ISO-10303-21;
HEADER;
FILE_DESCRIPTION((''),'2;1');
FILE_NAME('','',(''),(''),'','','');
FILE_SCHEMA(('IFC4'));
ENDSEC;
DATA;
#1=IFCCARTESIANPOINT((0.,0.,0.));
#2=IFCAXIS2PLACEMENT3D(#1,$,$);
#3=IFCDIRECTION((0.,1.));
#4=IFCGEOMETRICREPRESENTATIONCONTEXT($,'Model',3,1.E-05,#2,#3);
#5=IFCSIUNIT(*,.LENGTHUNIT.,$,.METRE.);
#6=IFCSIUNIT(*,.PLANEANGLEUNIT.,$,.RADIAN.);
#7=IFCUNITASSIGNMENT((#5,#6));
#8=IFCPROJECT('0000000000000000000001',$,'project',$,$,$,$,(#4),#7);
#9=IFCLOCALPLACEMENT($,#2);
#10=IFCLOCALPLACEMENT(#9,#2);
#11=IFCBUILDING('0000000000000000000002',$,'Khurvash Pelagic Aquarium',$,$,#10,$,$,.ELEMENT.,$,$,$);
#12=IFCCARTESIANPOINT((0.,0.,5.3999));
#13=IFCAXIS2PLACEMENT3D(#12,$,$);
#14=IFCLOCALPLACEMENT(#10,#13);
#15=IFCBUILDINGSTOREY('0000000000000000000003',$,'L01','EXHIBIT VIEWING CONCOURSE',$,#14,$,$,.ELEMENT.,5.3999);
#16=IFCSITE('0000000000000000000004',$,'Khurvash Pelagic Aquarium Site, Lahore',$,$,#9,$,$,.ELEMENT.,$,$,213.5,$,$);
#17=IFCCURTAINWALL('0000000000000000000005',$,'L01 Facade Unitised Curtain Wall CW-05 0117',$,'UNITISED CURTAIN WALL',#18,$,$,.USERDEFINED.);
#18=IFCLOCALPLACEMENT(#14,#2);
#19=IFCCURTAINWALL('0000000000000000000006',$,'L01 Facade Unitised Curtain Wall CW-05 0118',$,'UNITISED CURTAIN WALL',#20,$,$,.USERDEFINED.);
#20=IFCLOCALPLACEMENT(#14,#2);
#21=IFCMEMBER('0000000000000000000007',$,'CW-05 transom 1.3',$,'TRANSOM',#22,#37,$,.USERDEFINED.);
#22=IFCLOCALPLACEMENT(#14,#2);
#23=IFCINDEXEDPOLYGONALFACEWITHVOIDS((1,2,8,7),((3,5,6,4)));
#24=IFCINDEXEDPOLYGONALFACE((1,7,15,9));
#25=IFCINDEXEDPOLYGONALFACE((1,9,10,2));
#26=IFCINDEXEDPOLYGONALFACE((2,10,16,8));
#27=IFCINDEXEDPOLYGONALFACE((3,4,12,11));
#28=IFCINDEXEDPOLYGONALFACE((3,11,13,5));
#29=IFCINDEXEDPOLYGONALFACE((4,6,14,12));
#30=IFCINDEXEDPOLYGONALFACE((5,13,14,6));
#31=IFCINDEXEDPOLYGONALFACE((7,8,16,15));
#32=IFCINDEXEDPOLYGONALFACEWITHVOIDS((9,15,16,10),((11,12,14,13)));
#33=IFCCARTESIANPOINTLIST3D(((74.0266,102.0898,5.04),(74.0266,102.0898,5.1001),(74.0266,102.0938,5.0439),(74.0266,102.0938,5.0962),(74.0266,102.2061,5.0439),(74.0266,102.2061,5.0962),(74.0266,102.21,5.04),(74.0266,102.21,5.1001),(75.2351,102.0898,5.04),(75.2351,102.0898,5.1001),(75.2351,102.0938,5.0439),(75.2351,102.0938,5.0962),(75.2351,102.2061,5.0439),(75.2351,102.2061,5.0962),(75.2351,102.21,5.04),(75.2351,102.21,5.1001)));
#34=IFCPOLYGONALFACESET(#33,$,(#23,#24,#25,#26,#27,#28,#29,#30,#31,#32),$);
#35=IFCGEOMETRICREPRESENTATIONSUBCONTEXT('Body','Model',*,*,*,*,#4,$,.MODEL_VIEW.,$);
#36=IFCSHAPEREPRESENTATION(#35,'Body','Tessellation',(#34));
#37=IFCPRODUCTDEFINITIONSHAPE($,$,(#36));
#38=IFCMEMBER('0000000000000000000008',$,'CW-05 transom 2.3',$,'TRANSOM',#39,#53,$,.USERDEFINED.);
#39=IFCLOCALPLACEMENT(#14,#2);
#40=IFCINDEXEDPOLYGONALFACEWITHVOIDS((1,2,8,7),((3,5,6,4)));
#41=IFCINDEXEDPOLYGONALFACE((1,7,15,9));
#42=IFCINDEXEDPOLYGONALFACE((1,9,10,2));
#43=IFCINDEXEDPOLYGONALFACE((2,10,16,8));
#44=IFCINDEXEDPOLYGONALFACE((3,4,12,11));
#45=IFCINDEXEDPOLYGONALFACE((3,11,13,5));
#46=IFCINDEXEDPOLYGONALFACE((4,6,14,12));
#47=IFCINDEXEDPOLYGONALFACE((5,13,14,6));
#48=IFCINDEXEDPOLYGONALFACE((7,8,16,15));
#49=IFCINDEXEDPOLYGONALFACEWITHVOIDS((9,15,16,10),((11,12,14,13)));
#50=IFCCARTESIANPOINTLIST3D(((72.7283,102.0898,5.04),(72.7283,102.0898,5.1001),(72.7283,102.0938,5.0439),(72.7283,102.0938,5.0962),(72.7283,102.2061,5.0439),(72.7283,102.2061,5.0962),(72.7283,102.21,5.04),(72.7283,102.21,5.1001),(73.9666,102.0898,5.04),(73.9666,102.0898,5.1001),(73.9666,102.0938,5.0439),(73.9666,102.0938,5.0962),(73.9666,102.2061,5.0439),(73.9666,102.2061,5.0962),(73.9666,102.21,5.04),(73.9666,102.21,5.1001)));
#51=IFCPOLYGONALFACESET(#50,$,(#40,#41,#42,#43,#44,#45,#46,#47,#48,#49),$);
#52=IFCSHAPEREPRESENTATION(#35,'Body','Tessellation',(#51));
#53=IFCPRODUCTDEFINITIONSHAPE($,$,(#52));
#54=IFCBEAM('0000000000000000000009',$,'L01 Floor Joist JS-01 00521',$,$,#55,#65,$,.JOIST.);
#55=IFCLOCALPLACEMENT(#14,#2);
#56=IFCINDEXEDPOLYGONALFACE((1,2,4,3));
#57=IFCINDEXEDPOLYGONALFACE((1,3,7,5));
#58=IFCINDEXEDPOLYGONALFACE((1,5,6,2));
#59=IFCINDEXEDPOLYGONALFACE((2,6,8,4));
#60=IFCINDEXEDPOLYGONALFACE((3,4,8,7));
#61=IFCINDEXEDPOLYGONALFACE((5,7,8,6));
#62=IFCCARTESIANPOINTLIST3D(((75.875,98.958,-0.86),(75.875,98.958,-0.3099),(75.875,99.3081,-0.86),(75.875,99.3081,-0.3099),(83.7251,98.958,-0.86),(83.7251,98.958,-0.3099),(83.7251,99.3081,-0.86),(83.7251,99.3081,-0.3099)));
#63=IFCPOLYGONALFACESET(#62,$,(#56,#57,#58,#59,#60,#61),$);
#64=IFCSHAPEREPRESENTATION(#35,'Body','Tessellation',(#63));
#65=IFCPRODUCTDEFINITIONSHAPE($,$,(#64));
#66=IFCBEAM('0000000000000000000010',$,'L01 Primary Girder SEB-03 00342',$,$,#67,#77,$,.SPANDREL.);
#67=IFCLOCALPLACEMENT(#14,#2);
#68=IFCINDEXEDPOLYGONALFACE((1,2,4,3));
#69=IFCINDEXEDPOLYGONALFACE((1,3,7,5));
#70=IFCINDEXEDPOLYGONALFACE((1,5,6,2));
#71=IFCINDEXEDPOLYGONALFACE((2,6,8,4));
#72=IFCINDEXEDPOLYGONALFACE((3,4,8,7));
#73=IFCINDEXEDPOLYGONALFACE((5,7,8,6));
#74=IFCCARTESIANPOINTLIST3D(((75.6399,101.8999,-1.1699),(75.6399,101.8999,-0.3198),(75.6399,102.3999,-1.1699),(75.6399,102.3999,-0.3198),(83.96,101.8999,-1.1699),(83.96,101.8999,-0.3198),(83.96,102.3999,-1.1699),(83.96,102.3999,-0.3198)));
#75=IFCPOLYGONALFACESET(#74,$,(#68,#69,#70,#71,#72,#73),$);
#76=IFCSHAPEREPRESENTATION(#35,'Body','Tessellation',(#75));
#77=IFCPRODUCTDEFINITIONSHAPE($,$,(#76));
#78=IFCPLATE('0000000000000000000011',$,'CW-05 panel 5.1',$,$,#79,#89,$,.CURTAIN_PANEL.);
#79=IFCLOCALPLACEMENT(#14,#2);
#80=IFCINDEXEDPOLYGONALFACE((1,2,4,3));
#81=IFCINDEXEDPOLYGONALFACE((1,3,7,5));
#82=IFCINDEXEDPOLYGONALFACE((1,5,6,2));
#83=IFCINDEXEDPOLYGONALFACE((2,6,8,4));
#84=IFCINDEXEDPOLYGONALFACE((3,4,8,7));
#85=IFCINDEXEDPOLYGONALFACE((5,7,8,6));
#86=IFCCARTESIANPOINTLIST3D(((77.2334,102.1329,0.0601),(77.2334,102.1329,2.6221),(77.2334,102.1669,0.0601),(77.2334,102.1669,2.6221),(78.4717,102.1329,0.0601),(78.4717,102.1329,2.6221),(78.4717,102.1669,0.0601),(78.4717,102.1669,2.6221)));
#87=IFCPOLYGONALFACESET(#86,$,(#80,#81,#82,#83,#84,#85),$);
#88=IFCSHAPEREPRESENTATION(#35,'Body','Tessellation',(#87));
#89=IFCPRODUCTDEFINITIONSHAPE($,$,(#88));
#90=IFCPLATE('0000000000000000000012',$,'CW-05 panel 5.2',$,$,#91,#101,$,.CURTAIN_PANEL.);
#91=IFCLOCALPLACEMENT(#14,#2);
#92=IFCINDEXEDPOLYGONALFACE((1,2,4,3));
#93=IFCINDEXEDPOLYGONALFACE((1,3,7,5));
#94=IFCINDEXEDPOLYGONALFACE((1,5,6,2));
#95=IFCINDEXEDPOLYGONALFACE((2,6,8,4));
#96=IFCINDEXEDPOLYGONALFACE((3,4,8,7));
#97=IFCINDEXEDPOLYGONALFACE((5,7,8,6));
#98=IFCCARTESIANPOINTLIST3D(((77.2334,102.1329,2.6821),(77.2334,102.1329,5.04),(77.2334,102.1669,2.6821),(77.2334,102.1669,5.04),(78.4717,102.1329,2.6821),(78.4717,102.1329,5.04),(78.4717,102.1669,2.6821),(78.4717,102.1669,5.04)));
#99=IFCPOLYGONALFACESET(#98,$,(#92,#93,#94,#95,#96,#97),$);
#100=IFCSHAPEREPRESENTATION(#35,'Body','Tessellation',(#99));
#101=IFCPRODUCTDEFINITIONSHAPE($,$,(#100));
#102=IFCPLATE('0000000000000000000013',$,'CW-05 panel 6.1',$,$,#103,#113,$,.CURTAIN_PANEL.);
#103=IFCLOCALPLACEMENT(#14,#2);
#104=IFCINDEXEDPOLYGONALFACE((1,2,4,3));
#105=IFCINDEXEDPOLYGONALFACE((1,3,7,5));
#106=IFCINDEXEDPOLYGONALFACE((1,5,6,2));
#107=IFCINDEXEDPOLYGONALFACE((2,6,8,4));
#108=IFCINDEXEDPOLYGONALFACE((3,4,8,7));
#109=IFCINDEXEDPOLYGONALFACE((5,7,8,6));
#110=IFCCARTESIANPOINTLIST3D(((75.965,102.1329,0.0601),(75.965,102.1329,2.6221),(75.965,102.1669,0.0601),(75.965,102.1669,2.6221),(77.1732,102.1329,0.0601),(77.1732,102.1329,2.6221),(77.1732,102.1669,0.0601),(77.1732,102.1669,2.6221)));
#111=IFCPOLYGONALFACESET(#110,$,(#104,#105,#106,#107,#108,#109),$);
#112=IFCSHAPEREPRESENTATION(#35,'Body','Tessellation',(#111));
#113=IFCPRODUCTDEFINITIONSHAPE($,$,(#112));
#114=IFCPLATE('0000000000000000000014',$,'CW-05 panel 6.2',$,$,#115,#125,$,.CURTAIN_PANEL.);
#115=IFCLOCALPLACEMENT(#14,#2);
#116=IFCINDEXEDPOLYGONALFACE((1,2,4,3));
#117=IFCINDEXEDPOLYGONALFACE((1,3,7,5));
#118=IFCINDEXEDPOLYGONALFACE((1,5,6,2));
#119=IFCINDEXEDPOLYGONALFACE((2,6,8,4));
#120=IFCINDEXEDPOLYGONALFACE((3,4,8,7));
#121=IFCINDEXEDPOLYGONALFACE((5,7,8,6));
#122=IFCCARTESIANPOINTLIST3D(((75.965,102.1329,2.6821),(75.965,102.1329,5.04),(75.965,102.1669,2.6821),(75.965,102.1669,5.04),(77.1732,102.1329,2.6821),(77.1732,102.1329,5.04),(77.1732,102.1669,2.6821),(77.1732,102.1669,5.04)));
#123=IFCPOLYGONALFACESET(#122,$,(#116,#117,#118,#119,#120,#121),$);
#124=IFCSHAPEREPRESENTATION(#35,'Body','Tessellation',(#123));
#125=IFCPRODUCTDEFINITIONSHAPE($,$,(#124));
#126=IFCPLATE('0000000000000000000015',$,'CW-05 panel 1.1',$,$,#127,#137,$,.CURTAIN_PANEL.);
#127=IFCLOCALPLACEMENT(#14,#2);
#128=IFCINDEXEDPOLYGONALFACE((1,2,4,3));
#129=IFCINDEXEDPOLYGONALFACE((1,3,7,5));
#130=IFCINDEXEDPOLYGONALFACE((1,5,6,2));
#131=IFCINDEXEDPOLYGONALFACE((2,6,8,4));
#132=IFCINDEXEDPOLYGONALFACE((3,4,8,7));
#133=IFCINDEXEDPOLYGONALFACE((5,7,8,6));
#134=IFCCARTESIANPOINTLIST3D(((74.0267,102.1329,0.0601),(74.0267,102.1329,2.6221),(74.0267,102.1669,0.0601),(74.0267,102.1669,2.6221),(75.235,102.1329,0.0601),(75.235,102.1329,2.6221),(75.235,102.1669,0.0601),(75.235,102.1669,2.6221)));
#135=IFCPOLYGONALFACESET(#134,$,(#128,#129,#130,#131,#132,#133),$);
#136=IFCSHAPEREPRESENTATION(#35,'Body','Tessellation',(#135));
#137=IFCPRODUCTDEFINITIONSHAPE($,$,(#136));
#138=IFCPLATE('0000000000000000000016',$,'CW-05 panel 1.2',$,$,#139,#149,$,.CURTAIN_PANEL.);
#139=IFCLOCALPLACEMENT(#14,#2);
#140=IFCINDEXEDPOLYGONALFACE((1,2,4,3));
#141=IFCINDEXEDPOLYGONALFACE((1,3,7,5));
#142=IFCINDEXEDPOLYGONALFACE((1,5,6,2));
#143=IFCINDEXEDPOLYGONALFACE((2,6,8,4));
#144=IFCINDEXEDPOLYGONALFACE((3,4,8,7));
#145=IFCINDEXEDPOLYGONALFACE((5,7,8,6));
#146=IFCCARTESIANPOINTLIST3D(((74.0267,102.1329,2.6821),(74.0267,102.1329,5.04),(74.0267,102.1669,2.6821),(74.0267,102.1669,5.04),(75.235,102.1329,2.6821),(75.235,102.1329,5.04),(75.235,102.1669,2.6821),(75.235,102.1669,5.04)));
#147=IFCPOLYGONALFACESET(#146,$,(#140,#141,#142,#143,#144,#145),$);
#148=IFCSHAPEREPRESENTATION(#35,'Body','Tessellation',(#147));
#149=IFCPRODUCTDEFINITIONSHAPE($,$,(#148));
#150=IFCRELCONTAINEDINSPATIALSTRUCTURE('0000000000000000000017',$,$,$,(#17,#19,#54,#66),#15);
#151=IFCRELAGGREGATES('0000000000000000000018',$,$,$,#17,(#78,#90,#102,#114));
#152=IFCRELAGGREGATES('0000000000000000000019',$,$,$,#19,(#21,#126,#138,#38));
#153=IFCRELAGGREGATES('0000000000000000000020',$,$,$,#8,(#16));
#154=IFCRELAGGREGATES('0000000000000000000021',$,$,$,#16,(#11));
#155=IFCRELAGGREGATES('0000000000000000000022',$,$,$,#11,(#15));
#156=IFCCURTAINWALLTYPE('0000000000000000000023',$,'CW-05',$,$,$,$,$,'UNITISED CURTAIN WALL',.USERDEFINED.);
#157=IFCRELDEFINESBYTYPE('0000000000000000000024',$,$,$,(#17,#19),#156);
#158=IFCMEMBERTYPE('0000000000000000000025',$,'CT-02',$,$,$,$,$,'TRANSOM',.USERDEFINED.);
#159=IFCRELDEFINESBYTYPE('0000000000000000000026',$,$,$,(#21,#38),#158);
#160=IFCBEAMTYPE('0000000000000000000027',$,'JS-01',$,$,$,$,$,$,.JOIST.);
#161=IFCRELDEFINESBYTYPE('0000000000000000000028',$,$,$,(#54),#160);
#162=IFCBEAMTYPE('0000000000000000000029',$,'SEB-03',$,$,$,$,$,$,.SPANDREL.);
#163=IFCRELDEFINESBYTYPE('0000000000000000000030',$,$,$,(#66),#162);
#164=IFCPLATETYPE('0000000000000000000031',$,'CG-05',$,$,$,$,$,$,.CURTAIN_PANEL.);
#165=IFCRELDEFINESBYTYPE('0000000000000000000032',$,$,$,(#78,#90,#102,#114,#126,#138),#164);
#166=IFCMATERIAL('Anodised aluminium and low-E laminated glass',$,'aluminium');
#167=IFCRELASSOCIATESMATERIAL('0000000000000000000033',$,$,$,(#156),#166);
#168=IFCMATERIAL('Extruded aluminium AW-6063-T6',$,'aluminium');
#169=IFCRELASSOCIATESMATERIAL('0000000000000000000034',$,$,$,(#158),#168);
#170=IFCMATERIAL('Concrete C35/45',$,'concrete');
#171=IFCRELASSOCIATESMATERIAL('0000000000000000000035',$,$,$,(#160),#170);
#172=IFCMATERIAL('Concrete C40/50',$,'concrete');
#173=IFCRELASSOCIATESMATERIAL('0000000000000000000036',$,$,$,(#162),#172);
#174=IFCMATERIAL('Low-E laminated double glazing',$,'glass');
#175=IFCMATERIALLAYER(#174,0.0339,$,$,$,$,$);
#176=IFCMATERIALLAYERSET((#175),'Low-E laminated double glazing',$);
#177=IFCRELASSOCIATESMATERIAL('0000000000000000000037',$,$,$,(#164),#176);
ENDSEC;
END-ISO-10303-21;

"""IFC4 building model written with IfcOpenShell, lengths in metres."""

from ifc_helpers import new_model, si_unit, direction, frame, origin, origin_2d, place, context, subcontext, project, spatial, rectangle, hollow_rectangle, extrude, material, layer, layer_set, material_profile, profile_set, type_object, element, aggregate, save


model = new_model("IFC4")

# Units and contexts
model_context = context("Model", 3, precision=1e-05, world=origin(), true_north=direction((0.0, 1.0)))
body_context = subcontext(model_context, "Body", "Model", "MODEL_VIEW")
ifc_project = project(units=[si_unit("LENGTHUNIT", "METRE"), si_unit("PLANEANGLEUNIT", "RADIAN")], contexts=[model_context])

# Site, building, storey
site_placement = place(None, origin())
site = spatial("IfcSite", under=ifc_project, at=site_placement, Name="Khurvash Pelagic Aquarium Site, Lahore", CompositionType="ELEMENT", RefElevation=213.5)
building_placement = place(site_placement, origin())
building = spatial("IfcBuilding", under=site, at=building_placement, Name="Khurvash Pelagic Aquarium", CompositionType="ELEMENT")
storey_placement = place(building_placement, frame((0.0, 0.0, 5.3999)))
storey = spatial("IfcBuildingStorey", under=building, at=storey_placement, Name="L01", Description="EXHIBIT VIEWING CONCOURSE", CompositionType="ELEMENT", Elevation=5.3999)

# Shared definitions
ifc_material_1 = material(Name="Concrete C40/50", Category="concrete")

# Curtain walls
ifc_material_2 = material(Name="Anodised aluminium and low-E laminated glass", Category="aluminium")
curtain_wall_type = type_object("IfcCurtainWallType", Name="CW-05", ElementType="UNITISED CURTAIN WALL", PredefinedType="USERDEFINED", material=ifc_material_2)
curtain_wall_1_placement = place(storey_placement, origin())
curtain_wall_1 = element("IfcCurtainWall", 1, at=curtain_wall_1_placement, inside=storey, type_object=curtain_wall_type, Name="L01 Facade Unitised Curtain Wall CW-05 0117", ObjectType="UNITISED CURTAIN WALL", PredefinedType="USERDEFINED")
ifc_material_3 = material(Name="Extruded aluminium AW-6063-T6", Category="aluminium")
curtain_wall_2_placement = place(storey_placement, origin())
curtain_wall_2 = element("IfcCurtainWall", 2, at=curtain_wall_2_placement, inside=storey, type_object=curtain_wall_type, Name="L01 Facade Unitised Curtain Wall CW-05 0118", ObjectType="UNITISED CURTAIN WALL", PredefinedType="USERDEFINED")

# Members
ifc_material_profile_1 = material_profile(ifc_material_3, hollow_rectangle(XDim=0.1201, YDim=0.0601, WallThickness=0.0039, at=origin_2d()), Name="CWT120X60X4")
ifc_profile_set_1 = profile_set([ifc_material_profile_1], Name="Extruded aluminium AW-6063-T6")
member_type_1 = type_object("IfcMemberType", Name="CT-02", ElementType="TRANSOM", PredefinedType="USERDEFINED", material=ifc_profile_set_1)
member_1_placement = place(storey_placement, frame((75.2351, 102.1499, 5.0701), z_axis=(-1.0, 0.0, 0.0), x_axis=(0.0, -1.0, 0.0)))
member_1 = element("IfcMember", 3, at=member_1_placement, type_object=member_type_1, Name="CW-05 transom 1.3", ObjectType="TRANSOM", PredefinedType="USERDEFINED", context=body_context, shape_type="SweptSolid", body=[
    extrude(hollow_rectangle(XDim=0.1201, YDim=0.0601, WallThickness=0.0039, at=origin_2d()), origin(), (0.0, 0.0, 1.0), 1.2085),
])
member_2_placement = place(storey_placement, frame((73.9666, 102.1499, 5.0701), z_axis=(-1.0, 0.0, 0.0), x_axis=(0.0, -1.0, 0.0)))
member_2 = element("IfcMember", 4, at=member_2_placement, type_object=member_type_1, Name="CW-05 transom 2.3", ObjectType="TRANSOM", PredefinedType="USERDEFINED", context=body_context, shape_type="SweptSolid", body=[
    extrude(hollow_rectangle(XDim=0.1201, YDim=0.0601, WallThickness=0.0039, at=origin_2d()), origin(), (0.0, 0.0, 1.0), 1.2383),
])

# Beams
ifc_material_4 = material(Name="Concrete C35/45", Category="concrete")
ifc_material_profile_2 = material_profile(ifc_material_4, rectangle(XDim=0.3501, YDim=0.55, at=origin_2d()), Name="RC350X550")
ifc_profile_set_2 = profile_set([ifc_material_profile_2], Name="Concrete C35/45")
beam_type_1 = type_object("IfcBeamType", Name="JS-01", PredefinedType="JOIST", material=ifc_profile_set_2)
beam_1_placement = place(storey_placement, frame((75.875, 99.1331, -0.585), z_axis=(1.0, 0.0, 0.0), x_axis=(0.0, 1.0, 0.0)))
element("IfcBeam", 5, at=beam_1_placement, inside=storey, type_object=beam_type_1, Name="L01 Floor Joist JS-01 00521", PredefinedType="JOIST", context=body_context, shape_type="SweptSolid", body=[
    extrude(rectangle(XDim=0.3501, YDim=0.55, at=origin_2d()), origin(), (0.0, 0.0, 1.0), 7.8501),
])
ifc_material_profile_3 = material_profile(ifc_material_1, rectangle(XDim=0.5, YDim=0.8501, at=origin_2d()), Name="RC500X850")
ifc_profile_set_3 = profile_set([ifc_material_profile_3], Name="Concrete C40/50")
beam_type_2 = type_object("IfcBeamType", Name="SEB-03", PredefinedType="SPANDREL", material=ifc_profile_set_3)
beam_2_placement = place(storey_placement, frame((75.6399, 102.1499, -0.7449), z_axis=(1.0, 0.0, 0.0), x_axis=(0.0, 1.0, 0.0)))
element("IfcBeam", 6, at=beam_2_placement, inside=storey, type_object=beam_type_2, Name="L01 Primary Girder SEB-03 00342", PredefinedType="SPANDREL", context=body_context, shape_type="SweptSolid", body=[
    extrude(rectangle(XDim=0.5, YDim=0.8501, at=origin_2d()), origin(), (0.0, 0.0, 1.0), 8.3201),
])

# Plates
ifc_material_5 = material(Name="Low-E laminated double glazing", Category="glass")
ifc_layer = layer(ifc_material_5, 0.0339)
ifc_layer_set = layer_set([ifc_layer], Name="Low-E laminated double glazing")
plate_type = type_object("IfcPlateType", Name="CG-05", PredefinedType="CURTAIN_PANEL", material=ifc_layer_set)
plate_1_placement = place(storey_placement, frame((77.8525, 102.1499, 0.0601), z_axis=(0.0, 0.0, 1.0), x_axis=(-1.0, 0.0, 0.0)))
plate_1 = element("IfcPlate", 7, at=plate_1_placement, type_object=plate_type, Name="CW-05 panel 5.1", PredefinedType="CURTAIN_PANEL", context=body_context, shape_type="SweptSolid", body=[
    extrude(rectangle(XDim=1.2383, YDim=0.0339, at=origin_2d()), origin(), (0.0, 0.0, 1.0), 2.562),
])
plate_2_placement = place(storey_placement, frame((77.8525, 102.1499, 2.6821), z_axis=(0.0, 0.0, 1.0), x_axis=(-1.0, 0.0, 0.0)))
plate_2 = element("IfcPlate", 8, at=plate_2_placement, type_object=plate_type, Name="CW-05 panel 5.2", PredefinedType="CURTAIN_PANEL", context=body_context, shape_type="SweptSolid", body=[
    extrude(rectangle(XDim=1.2383, YDim=0.0339, at=origin_2d()), origin(), (0.0, 0.0, 1.0), 2.3579),
])
plate_3_placement = place(storey_placement, frame((76.5691, 102.1499, 0.0601), z_axis=(0.0, 0.0, 1.0), x_axis=(-1.0, 0.0, 0.0)))
plate_3 = element("IfcPlate", 9, at=plate_3_placement, type_object=plate_type, Name="CW-05 panel 6.1", PredefinedType="CURTAIN_PANEL", context=body_context, shape_type="SweptSolid", body=[
    extrude(rectangle(XDim=1.2083, YDim=0.0339, at=origin_2d()), origin(), (0.0, 0.0, 1.0), 2.562),
])
plate_4_placement = place(storey_placement, frame((76.5691, 102.1499, 2.6821), z_axis=(0.0, 0.0, 1.0), x_axis=(-1.0, 0.0, 0.0)))
plate_4 = element("IfcPlate", 10, at=plate_4_placement, type_object=plate_type, Name="CW-05 panel 6.2", PredefinedType="CURTAIN_PANEL", context=body_context, shape_type="SweptSolid", body=[
    extrude(rectangle(XDim=1.2083, YDim=0.0339, at=origin_2d()), origin(), (0.0, 0.0, 1.0), 2.3579),
])
aggregate(curtain_wall_1, [plate_1, plate_2, plate_3, plate_4])
plate_5_placement = place(storey_placement, frame((74.6309, 102.1499, 0.0601), z_axis=(0.0, 0.0, 1.0), x_axis=(-1.0, 0.0, 0.0)))
plate_5 = element("IfcPlate", 11, at=plate_5_placement, type_object=plate_type, Name="CW-05 panel 1.1", PredefinedType="CURTAIN_PANEL", context=body_context, shape_type="SweptSolid", body=[
    extrude(rectangle(XDim=1.2083, YDim=0.0339, at=origin_2d()), origin(), (0.0, 0.0, 1.0), 2.562),
])
plate_6_placement = place(storey_placement, frame((74.6309, 102.1499, 2.6821), z_axis=(0.0, 0.0, 1.0), x_axis=(-1.0, 0.0, 0.0)))
plate_6 = element("IfcPlate", 12, at=plate_6_placement, type_object=plate_type, Name="CW-05 panel 1.2", PredefinedType="CURTAIN_PANEL", context=body_context, shape_type="SweptSolid", body=[
    extrude(rectangle(XDim=1.2083, YDim=0.0339, at=origin_2d()), origin(), (0.0, 0.0, 1.0), 2.3579),
])
aggregate(curtain_wall_2, [member_1, plate_5, plate_6, member_2])

save(model, "model.ifc")
